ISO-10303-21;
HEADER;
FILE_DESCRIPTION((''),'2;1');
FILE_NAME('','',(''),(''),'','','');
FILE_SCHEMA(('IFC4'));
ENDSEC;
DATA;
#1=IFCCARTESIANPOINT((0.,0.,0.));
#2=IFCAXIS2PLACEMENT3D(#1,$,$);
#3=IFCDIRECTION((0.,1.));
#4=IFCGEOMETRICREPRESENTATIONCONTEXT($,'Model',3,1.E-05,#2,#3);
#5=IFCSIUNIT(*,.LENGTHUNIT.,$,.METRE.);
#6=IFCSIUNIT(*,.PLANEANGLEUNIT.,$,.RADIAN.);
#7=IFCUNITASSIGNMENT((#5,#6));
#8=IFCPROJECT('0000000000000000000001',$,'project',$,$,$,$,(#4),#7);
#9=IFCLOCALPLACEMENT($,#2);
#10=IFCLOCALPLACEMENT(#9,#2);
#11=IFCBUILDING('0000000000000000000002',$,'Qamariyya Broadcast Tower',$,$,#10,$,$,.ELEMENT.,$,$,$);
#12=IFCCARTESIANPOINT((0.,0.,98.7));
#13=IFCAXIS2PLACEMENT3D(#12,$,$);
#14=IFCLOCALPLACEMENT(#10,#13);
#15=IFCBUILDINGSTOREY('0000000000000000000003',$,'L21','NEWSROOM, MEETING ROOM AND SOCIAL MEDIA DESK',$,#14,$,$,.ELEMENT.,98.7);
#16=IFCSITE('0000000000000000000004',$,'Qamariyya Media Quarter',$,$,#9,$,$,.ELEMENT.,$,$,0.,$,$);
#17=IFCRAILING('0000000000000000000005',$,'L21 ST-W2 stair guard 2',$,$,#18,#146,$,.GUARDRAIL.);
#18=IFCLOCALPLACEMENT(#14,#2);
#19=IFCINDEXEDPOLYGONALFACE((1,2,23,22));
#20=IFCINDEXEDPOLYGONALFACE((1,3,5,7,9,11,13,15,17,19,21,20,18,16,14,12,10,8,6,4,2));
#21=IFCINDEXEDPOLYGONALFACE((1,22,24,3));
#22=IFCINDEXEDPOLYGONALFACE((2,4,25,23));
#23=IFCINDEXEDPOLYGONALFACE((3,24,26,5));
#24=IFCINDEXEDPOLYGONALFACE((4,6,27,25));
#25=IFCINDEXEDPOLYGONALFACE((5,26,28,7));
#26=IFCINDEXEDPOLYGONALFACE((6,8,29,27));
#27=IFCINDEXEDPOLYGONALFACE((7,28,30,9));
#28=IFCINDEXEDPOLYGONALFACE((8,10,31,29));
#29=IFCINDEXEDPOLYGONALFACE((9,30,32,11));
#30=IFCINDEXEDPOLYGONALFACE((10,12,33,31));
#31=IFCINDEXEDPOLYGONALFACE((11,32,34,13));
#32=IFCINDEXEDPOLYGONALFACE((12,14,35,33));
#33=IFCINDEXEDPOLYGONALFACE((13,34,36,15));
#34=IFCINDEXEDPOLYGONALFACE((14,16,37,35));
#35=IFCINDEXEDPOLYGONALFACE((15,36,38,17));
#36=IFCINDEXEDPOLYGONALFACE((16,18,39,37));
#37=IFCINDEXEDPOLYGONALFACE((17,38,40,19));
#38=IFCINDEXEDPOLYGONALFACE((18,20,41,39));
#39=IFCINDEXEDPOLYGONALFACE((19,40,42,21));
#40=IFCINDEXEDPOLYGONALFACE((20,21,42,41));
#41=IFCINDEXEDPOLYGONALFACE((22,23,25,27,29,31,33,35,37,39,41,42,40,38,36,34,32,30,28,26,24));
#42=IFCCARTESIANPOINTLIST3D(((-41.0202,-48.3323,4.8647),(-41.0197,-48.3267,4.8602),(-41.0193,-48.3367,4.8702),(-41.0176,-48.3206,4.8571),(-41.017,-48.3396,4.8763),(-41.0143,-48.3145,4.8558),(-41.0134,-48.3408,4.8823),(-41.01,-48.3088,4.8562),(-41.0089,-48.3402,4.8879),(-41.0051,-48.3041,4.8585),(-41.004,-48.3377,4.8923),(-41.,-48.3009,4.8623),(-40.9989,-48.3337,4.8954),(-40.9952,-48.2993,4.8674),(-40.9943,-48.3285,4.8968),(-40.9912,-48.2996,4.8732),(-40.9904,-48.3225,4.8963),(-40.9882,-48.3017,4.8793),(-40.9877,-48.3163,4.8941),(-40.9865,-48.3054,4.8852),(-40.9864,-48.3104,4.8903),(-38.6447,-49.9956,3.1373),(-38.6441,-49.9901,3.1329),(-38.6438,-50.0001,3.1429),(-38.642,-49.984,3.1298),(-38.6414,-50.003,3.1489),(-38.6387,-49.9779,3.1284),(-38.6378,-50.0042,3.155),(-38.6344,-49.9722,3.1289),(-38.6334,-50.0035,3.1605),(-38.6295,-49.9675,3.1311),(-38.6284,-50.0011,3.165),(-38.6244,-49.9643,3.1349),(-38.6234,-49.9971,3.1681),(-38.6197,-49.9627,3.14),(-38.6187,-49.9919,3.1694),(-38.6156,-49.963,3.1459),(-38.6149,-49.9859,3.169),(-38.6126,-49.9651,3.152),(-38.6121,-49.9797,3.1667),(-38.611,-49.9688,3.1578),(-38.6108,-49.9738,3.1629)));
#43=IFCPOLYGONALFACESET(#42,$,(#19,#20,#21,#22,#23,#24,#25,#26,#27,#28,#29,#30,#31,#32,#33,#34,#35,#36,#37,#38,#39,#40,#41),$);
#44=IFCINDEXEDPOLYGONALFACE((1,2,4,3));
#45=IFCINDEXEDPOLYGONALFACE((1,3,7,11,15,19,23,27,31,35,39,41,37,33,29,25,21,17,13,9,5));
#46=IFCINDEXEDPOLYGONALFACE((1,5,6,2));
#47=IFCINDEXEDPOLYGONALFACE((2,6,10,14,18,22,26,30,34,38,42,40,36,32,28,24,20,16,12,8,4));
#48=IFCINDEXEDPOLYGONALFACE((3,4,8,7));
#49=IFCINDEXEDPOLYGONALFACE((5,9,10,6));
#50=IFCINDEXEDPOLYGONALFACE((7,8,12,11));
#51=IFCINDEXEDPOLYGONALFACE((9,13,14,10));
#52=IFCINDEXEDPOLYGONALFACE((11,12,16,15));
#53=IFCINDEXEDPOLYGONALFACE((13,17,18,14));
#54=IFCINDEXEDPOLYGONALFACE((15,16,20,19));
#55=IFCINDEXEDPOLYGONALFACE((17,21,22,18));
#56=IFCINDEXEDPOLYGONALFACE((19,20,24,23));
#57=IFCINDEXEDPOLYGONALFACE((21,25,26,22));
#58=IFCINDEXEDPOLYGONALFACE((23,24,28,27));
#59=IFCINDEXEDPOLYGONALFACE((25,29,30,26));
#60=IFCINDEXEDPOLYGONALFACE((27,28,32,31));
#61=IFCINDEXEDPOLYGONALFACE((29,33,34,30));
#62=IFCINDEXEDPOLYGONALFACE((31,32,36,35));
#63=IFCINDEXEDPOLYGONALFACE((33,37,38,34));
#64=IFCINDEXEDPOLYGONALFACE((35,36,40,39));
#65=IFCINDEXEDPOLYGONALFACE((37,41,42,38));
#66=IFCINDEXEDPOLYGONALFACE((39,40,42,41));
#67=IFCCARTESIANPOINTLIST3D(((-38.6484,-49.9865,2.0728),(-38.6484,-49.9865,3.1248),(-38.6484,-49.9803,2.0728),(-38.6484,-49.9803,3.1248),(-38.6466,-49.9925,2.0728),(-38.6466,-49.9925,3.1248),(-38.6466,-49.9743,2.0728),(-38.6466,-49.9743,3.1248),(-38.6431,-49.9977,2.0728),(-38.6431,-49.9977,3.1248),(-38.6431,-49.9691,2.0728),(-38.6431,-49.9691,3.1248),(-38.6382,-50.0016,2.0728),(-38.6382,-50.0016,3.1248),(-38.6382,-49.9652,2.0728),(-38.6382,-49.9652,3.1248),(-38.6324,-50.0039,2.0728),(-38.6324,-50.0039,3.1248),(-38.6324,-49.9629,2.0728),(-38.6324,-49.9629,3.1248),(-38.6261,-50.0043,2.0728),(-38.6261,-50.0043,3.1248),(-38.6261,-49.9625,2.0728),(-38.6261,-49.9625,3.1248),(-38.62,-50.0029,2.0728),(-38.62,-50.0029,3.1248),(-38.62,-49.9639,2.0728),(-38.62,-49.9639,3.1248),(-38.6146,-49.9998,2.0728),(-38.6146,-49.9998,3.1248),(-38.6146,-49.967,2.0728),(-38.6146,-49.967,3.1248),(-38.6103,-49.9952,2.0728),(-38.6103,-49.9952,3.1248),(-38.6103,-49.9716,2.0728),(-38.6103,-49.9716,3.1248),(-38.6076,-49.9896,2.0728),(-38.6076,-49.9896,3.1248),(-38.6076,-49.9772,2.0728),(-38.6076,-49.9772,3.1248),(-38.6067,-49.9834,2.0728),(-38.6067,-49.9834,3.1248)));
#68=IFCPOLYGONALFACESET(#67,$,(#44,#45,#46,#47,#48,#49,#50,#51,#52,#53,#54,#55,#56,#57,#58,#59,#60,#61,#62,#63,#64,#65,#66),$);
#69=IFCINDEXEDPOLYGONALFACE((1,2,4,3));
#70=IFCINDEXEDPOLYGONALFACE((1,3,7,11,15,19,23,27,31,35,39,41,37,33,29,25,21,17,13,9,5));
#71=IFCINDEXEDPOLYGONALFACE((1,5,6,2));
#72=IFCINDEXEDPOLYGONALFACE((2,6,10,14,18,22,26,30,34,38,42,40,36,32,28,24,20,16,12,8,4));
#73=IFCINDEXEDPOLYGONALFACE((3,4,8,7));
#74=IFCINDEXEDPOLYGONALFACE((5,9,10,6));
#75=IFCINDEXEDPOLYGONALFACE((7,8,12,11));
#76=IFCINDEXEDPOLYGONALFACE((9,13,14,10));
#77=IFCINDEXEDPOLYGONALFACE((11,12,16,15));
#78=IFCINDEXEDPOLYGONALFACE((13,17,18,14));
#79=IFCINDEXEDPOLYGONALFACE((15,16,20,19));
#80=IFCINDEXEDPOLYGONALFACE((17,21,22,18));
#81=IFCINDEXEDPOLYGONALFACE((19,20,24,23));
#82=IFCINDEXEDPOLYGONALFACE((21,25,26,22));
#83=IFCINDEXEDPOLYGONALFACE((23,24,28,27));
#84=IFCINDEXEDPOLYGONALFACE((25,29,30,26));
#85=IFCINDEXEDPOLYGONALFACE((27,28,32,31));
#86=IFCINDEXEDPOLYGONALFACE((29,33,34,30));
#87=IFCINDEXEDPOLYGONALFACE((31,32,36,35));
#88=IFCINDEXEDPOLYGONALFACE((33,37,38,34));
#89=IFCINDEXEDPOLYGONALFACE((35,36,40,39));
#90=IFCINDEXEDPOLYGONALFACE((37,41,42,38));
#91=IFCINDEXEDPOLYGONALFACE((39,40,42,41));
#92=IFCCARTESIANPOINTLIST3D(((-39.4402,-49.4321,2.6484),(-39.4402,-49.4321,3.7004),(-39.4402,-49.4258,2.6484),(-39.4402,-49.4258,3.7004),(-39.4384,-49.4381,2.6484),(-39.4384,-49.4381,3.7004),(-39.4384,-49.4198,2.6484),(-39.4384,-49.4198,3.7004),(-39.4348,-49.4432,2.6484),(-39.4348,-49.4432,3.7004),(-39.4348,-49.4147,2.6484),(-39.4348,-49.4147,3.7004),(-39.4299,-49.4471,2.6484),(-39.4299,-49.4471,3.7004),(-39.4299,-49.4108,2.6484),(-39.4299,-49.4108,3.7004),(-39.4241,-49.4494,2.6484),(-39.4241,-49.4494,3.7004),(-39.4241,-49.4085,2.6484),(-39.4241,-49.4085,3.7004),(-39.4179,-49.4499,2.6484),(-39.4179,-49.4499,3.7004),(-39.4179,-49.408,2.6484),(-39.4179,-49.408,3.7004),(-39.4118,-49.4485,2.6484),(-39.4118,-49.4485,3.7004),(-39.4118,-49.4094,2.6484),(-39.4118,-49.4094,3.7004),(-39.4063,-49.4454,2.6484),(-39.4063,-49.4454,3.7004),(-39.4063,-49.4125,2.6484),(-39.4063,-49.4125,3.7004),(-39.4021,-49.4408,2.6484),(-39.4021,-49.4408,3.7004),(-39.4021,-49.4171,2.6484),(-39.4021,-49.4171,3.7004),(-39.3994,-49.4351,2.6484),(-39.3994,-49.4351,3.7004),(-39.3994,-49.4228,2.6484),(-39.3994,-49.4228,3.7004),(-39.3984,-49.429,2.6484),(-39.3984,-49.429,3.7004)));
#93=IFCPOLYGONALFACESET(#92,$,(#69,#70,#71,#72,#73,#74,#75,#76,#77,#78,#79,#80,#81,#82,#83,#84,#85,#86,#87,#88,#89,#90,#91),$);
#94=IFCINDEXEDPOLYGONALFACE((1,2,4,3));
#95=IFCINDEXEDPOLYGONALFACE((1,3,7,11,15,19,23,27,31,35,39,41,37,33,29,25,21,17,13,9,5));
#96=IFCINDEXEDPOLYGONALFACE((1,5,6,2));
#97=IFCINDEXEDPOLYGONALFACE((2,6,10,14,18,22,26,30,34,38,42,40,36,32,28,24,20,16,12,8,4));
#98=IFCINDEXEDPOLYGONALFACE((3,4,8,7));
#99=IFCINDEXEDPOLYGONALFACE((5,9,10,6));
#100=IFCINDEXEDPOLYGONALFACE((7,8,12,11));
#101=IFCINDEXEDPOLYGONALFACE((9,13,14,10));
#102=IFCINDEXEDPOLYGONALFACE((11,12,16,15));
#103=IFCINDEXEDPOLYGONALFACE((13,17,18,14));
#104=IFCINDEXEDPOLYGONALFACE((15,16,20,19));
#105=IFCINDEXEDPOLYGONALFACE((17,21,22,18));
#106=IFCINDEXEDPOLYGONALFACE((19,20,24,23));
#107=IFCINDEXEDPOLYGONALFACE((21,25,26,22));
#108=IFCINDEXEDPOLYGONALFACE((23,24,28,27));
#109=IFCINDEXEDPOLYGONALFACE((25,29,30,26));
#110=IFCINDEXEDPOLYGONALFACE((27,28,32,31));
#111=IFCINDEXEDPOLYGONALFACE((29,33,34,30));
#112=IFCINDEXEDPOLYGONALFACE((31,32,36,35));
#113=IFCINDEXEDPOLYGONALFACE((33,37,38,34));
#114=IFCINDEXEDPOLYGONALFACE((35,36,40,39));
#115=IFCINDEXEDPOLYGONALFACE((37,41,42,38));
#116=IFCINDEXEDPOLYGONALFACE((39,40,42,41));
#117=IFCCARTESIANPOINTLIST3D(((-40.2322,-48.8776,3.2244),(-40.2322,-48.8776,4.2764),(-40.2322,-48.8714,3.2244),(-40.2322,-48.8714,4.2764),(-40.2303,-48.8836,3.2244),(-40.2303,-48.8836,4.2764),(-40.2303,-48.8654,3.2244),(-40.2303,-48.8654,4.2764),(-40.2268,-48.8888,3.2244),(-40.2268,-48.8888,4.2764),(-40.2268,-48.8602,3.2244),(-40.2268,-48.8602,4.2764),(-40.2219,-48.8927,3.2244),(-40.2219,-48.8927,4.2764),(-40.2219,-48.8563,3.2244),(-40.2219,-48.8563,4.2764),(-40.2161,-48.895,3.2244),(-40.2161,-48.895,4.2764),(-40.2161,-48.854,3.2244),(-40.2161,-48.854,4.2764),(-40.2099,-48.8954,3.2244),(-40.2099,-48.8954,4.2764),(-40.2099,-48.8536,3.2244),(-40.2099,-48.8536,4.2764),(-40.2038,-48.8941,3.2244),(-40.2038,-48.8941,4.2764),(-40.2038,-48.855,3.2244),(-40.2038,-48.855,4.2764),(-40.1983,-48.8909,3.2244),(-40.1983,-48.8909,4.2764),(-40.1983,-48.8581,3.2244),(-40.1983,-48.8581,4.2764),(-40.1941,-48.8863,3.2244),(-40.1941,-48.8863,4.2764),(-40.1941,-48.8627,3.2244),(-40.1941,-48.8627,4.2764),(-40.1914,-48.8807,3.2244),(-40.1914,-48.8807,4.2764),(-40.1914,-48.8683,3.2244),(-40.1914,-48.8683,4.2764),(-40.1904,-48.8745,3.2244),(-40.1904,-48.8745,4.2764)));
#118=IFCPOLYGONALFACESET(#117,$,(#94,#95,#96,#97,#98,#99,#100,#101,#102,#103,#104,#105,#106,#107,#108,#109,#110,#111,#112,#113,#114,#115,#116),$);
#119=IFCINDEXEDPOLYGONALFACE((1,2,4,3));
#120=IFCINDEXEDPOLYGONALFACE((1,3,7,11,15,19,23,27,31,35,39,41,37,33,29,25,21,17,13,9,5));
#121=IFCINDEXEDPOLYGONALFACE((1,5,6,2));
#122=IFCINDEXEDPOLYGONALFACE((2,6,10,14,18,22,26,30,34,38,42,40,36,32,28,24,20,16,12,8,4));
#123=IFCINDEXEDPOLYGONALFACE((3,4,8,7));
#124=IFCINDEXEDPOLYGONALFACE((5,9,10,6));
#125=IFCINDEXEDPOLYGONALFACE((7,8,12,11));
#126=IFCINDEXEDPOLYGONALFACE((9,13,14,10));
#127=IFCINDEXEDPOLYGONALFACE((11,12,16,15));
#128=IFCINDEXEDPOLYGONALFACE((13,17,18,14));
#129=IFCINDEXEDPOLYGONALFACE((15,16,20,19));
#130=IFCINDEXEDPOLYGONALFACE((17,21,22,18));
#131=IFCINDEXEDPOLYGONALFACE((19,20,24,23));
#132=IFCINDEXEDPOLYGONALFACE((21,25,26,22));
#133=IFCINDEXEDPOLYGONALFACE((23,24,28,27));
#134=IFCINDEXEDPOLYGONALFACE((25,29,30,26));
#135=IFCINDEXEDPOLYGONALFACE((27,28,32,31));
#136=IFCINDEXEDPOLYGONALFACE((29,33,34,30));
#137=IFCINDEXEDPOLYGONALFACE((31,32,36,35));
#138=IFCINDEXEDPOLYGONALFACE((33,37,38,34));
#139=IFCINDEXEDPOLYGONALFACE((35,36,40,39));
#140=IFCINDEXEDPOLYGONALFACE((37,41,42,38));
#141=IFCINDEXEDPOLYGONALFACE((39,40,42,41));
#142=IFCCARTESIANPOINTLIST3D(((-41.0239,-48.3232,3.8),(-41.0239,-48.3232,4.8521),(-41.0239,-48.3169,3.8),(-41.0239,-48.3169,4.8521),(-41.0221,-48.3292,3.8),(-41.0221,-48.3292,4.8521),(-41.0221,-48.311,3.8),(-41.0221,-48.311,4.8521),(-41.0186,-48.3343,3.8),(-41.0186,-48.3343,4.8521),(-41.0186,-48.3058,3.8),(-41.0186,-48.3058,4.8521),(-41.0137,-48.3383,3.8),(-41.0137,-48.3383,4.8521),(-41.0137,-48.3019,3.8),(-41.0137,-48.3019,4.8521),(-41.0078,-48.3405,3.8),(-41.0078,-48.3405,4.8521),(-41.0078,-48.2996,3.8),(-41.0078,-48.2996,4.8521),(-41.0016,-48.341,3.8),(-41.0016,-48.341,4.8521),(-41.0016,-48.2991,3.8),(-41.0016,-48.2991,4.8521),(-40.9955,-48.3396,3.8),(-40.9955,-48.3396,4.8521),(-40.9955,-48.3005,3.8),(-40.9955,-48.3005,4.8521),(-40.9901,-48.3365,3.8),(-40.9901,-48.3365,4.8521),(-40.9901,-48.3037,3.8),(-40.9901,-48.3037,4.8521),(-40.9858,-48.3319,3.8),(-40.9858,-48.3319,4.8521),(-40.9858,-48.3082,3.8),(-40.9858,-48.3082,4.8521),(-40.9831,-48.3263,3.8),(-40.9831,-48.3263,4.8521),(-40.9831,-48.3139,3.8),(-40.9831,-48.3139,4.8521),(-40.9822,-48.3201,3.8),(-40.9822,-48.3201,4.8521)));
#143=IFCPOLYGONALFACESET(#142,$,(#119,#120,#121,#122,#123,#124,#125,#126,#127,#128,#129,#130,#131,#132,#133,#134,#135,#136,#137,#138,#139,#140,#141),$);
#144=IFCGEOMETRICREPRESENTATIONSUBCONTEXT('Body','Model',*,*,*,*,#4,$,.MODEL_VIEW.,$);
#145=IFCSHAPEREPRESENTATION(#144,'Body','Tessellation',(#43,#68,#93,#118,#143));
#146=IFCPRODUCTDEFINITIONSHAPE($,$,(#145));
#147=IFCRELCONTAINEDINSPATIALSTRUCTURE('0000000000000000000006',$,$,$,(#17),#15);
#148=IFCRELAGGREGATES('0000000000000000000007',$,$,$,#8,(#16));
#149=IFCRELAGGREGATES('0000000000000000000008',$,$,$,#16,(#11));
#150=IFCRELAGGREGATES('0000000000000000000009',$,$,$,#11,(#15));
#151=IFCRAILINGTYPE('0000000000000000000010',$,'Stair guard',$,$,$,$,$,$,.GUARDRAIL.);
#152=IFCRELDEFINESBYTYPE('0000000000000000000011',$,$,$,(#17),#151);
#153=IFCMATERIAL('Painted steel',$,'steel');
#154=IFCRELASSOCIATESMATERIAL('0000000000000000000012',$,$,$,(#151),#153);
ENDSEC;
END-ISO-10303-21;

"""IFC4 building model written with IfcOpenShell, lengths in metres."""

from ifc_helpers import new_model, si_unit, direction, frame, origin, origin_2d, place, context, subcontext, project, spatial, circle, extrude, material, type_object, element, save


model = new_model("IFC4")

# Units and contexts
model_context = context("Model", 3, precision=1e-05, world=origin(), true_north=direction((0.0, 1.0)))
body_context = subcontext(model_context, "Body", "Model", "MODEL_VIEW")
ifc_project = project(units=[si_unit("LENGTHUNIT", "METRE"), si_unit("PLANEANGLEUNIT", "RADIAN")], contexts=[model_context])

# Site, building, storey
site_placement = place(None, origin())
site = spatial("IfcSite", under=ifc_project, at=site_placement, Name="Qamariyya Media Quarter", CompositionType="ELEMENT", RefElevation=0.0)
building_placement = place(site_placement, origin())
building = spatial("IfcBuilding", under=site, at=building_placement, Name="Qamariyya Broadcast Tower", CompositionType="ELEMENT")
storey_placement = place(building_placement, frame((0.0, 0.0, 98.7)))
storey = spatial("IfcBuildingStorey", under=building, at=storey_placement, Name="L21", Description="NEWSROOM, MEETING ROOM AND SOCIAL MEDIA DESK", CompositionType="ELEMENT", Elevation=98.7)

# Railing
ifc_material_1 = material(Name="Painted steel", Category="steel")
railing_type_1 = type_object("IfcRailingType", Name="Stair guard", PredefinedType="GUARDRAIL", material=ifc_material_1)
railing_1_placement = place(storey_placement, frame((-38.6277, -49.9834, 2.0728)))
element("IfcRailing", 1, at=railing_1_placement, inside=storey, type_object=railing_type_1, Name="L21 ST-W2 stair guard 2", PredefinedType="GUARDRAIL", context=body_context, shape_type="SweptSolid", body=[
    extrude(circle(Radius=0.0239, at=origin_2d()), frame((0.0, 0.0, 1.0762), z_axis=(-0.70377, 0.492784, 0.511734), x_axis=(-0.573575, -0.819153, 0.0)), (0.0, 0.0, 1.0), 3.3755),
    extrude(circle(Radius=0.021, at=origin_2d()), origin(), (0.0, 0.0, 1.0), 1.052),
    extrude(circle(Radius=0.021, at=origin_2d()), frame((-0.7917, 0.5544, 0.5757)), (0.0, 0.0, 1.0), 1.052),
    extrude(circle(Radius=0.021, at=origin_2d()), frame((-1.5837, 1.1089, 1.1516)), (0.0, 0.0, 1.0), 1.052),
    extrude(circle(Radius=0.021, at=origin_2d()), frame((-2.3755, 1.6633, 1.7273)), (0.0, 0.0, 1.0), 1.052),
])

save(model, "model.ifc")
